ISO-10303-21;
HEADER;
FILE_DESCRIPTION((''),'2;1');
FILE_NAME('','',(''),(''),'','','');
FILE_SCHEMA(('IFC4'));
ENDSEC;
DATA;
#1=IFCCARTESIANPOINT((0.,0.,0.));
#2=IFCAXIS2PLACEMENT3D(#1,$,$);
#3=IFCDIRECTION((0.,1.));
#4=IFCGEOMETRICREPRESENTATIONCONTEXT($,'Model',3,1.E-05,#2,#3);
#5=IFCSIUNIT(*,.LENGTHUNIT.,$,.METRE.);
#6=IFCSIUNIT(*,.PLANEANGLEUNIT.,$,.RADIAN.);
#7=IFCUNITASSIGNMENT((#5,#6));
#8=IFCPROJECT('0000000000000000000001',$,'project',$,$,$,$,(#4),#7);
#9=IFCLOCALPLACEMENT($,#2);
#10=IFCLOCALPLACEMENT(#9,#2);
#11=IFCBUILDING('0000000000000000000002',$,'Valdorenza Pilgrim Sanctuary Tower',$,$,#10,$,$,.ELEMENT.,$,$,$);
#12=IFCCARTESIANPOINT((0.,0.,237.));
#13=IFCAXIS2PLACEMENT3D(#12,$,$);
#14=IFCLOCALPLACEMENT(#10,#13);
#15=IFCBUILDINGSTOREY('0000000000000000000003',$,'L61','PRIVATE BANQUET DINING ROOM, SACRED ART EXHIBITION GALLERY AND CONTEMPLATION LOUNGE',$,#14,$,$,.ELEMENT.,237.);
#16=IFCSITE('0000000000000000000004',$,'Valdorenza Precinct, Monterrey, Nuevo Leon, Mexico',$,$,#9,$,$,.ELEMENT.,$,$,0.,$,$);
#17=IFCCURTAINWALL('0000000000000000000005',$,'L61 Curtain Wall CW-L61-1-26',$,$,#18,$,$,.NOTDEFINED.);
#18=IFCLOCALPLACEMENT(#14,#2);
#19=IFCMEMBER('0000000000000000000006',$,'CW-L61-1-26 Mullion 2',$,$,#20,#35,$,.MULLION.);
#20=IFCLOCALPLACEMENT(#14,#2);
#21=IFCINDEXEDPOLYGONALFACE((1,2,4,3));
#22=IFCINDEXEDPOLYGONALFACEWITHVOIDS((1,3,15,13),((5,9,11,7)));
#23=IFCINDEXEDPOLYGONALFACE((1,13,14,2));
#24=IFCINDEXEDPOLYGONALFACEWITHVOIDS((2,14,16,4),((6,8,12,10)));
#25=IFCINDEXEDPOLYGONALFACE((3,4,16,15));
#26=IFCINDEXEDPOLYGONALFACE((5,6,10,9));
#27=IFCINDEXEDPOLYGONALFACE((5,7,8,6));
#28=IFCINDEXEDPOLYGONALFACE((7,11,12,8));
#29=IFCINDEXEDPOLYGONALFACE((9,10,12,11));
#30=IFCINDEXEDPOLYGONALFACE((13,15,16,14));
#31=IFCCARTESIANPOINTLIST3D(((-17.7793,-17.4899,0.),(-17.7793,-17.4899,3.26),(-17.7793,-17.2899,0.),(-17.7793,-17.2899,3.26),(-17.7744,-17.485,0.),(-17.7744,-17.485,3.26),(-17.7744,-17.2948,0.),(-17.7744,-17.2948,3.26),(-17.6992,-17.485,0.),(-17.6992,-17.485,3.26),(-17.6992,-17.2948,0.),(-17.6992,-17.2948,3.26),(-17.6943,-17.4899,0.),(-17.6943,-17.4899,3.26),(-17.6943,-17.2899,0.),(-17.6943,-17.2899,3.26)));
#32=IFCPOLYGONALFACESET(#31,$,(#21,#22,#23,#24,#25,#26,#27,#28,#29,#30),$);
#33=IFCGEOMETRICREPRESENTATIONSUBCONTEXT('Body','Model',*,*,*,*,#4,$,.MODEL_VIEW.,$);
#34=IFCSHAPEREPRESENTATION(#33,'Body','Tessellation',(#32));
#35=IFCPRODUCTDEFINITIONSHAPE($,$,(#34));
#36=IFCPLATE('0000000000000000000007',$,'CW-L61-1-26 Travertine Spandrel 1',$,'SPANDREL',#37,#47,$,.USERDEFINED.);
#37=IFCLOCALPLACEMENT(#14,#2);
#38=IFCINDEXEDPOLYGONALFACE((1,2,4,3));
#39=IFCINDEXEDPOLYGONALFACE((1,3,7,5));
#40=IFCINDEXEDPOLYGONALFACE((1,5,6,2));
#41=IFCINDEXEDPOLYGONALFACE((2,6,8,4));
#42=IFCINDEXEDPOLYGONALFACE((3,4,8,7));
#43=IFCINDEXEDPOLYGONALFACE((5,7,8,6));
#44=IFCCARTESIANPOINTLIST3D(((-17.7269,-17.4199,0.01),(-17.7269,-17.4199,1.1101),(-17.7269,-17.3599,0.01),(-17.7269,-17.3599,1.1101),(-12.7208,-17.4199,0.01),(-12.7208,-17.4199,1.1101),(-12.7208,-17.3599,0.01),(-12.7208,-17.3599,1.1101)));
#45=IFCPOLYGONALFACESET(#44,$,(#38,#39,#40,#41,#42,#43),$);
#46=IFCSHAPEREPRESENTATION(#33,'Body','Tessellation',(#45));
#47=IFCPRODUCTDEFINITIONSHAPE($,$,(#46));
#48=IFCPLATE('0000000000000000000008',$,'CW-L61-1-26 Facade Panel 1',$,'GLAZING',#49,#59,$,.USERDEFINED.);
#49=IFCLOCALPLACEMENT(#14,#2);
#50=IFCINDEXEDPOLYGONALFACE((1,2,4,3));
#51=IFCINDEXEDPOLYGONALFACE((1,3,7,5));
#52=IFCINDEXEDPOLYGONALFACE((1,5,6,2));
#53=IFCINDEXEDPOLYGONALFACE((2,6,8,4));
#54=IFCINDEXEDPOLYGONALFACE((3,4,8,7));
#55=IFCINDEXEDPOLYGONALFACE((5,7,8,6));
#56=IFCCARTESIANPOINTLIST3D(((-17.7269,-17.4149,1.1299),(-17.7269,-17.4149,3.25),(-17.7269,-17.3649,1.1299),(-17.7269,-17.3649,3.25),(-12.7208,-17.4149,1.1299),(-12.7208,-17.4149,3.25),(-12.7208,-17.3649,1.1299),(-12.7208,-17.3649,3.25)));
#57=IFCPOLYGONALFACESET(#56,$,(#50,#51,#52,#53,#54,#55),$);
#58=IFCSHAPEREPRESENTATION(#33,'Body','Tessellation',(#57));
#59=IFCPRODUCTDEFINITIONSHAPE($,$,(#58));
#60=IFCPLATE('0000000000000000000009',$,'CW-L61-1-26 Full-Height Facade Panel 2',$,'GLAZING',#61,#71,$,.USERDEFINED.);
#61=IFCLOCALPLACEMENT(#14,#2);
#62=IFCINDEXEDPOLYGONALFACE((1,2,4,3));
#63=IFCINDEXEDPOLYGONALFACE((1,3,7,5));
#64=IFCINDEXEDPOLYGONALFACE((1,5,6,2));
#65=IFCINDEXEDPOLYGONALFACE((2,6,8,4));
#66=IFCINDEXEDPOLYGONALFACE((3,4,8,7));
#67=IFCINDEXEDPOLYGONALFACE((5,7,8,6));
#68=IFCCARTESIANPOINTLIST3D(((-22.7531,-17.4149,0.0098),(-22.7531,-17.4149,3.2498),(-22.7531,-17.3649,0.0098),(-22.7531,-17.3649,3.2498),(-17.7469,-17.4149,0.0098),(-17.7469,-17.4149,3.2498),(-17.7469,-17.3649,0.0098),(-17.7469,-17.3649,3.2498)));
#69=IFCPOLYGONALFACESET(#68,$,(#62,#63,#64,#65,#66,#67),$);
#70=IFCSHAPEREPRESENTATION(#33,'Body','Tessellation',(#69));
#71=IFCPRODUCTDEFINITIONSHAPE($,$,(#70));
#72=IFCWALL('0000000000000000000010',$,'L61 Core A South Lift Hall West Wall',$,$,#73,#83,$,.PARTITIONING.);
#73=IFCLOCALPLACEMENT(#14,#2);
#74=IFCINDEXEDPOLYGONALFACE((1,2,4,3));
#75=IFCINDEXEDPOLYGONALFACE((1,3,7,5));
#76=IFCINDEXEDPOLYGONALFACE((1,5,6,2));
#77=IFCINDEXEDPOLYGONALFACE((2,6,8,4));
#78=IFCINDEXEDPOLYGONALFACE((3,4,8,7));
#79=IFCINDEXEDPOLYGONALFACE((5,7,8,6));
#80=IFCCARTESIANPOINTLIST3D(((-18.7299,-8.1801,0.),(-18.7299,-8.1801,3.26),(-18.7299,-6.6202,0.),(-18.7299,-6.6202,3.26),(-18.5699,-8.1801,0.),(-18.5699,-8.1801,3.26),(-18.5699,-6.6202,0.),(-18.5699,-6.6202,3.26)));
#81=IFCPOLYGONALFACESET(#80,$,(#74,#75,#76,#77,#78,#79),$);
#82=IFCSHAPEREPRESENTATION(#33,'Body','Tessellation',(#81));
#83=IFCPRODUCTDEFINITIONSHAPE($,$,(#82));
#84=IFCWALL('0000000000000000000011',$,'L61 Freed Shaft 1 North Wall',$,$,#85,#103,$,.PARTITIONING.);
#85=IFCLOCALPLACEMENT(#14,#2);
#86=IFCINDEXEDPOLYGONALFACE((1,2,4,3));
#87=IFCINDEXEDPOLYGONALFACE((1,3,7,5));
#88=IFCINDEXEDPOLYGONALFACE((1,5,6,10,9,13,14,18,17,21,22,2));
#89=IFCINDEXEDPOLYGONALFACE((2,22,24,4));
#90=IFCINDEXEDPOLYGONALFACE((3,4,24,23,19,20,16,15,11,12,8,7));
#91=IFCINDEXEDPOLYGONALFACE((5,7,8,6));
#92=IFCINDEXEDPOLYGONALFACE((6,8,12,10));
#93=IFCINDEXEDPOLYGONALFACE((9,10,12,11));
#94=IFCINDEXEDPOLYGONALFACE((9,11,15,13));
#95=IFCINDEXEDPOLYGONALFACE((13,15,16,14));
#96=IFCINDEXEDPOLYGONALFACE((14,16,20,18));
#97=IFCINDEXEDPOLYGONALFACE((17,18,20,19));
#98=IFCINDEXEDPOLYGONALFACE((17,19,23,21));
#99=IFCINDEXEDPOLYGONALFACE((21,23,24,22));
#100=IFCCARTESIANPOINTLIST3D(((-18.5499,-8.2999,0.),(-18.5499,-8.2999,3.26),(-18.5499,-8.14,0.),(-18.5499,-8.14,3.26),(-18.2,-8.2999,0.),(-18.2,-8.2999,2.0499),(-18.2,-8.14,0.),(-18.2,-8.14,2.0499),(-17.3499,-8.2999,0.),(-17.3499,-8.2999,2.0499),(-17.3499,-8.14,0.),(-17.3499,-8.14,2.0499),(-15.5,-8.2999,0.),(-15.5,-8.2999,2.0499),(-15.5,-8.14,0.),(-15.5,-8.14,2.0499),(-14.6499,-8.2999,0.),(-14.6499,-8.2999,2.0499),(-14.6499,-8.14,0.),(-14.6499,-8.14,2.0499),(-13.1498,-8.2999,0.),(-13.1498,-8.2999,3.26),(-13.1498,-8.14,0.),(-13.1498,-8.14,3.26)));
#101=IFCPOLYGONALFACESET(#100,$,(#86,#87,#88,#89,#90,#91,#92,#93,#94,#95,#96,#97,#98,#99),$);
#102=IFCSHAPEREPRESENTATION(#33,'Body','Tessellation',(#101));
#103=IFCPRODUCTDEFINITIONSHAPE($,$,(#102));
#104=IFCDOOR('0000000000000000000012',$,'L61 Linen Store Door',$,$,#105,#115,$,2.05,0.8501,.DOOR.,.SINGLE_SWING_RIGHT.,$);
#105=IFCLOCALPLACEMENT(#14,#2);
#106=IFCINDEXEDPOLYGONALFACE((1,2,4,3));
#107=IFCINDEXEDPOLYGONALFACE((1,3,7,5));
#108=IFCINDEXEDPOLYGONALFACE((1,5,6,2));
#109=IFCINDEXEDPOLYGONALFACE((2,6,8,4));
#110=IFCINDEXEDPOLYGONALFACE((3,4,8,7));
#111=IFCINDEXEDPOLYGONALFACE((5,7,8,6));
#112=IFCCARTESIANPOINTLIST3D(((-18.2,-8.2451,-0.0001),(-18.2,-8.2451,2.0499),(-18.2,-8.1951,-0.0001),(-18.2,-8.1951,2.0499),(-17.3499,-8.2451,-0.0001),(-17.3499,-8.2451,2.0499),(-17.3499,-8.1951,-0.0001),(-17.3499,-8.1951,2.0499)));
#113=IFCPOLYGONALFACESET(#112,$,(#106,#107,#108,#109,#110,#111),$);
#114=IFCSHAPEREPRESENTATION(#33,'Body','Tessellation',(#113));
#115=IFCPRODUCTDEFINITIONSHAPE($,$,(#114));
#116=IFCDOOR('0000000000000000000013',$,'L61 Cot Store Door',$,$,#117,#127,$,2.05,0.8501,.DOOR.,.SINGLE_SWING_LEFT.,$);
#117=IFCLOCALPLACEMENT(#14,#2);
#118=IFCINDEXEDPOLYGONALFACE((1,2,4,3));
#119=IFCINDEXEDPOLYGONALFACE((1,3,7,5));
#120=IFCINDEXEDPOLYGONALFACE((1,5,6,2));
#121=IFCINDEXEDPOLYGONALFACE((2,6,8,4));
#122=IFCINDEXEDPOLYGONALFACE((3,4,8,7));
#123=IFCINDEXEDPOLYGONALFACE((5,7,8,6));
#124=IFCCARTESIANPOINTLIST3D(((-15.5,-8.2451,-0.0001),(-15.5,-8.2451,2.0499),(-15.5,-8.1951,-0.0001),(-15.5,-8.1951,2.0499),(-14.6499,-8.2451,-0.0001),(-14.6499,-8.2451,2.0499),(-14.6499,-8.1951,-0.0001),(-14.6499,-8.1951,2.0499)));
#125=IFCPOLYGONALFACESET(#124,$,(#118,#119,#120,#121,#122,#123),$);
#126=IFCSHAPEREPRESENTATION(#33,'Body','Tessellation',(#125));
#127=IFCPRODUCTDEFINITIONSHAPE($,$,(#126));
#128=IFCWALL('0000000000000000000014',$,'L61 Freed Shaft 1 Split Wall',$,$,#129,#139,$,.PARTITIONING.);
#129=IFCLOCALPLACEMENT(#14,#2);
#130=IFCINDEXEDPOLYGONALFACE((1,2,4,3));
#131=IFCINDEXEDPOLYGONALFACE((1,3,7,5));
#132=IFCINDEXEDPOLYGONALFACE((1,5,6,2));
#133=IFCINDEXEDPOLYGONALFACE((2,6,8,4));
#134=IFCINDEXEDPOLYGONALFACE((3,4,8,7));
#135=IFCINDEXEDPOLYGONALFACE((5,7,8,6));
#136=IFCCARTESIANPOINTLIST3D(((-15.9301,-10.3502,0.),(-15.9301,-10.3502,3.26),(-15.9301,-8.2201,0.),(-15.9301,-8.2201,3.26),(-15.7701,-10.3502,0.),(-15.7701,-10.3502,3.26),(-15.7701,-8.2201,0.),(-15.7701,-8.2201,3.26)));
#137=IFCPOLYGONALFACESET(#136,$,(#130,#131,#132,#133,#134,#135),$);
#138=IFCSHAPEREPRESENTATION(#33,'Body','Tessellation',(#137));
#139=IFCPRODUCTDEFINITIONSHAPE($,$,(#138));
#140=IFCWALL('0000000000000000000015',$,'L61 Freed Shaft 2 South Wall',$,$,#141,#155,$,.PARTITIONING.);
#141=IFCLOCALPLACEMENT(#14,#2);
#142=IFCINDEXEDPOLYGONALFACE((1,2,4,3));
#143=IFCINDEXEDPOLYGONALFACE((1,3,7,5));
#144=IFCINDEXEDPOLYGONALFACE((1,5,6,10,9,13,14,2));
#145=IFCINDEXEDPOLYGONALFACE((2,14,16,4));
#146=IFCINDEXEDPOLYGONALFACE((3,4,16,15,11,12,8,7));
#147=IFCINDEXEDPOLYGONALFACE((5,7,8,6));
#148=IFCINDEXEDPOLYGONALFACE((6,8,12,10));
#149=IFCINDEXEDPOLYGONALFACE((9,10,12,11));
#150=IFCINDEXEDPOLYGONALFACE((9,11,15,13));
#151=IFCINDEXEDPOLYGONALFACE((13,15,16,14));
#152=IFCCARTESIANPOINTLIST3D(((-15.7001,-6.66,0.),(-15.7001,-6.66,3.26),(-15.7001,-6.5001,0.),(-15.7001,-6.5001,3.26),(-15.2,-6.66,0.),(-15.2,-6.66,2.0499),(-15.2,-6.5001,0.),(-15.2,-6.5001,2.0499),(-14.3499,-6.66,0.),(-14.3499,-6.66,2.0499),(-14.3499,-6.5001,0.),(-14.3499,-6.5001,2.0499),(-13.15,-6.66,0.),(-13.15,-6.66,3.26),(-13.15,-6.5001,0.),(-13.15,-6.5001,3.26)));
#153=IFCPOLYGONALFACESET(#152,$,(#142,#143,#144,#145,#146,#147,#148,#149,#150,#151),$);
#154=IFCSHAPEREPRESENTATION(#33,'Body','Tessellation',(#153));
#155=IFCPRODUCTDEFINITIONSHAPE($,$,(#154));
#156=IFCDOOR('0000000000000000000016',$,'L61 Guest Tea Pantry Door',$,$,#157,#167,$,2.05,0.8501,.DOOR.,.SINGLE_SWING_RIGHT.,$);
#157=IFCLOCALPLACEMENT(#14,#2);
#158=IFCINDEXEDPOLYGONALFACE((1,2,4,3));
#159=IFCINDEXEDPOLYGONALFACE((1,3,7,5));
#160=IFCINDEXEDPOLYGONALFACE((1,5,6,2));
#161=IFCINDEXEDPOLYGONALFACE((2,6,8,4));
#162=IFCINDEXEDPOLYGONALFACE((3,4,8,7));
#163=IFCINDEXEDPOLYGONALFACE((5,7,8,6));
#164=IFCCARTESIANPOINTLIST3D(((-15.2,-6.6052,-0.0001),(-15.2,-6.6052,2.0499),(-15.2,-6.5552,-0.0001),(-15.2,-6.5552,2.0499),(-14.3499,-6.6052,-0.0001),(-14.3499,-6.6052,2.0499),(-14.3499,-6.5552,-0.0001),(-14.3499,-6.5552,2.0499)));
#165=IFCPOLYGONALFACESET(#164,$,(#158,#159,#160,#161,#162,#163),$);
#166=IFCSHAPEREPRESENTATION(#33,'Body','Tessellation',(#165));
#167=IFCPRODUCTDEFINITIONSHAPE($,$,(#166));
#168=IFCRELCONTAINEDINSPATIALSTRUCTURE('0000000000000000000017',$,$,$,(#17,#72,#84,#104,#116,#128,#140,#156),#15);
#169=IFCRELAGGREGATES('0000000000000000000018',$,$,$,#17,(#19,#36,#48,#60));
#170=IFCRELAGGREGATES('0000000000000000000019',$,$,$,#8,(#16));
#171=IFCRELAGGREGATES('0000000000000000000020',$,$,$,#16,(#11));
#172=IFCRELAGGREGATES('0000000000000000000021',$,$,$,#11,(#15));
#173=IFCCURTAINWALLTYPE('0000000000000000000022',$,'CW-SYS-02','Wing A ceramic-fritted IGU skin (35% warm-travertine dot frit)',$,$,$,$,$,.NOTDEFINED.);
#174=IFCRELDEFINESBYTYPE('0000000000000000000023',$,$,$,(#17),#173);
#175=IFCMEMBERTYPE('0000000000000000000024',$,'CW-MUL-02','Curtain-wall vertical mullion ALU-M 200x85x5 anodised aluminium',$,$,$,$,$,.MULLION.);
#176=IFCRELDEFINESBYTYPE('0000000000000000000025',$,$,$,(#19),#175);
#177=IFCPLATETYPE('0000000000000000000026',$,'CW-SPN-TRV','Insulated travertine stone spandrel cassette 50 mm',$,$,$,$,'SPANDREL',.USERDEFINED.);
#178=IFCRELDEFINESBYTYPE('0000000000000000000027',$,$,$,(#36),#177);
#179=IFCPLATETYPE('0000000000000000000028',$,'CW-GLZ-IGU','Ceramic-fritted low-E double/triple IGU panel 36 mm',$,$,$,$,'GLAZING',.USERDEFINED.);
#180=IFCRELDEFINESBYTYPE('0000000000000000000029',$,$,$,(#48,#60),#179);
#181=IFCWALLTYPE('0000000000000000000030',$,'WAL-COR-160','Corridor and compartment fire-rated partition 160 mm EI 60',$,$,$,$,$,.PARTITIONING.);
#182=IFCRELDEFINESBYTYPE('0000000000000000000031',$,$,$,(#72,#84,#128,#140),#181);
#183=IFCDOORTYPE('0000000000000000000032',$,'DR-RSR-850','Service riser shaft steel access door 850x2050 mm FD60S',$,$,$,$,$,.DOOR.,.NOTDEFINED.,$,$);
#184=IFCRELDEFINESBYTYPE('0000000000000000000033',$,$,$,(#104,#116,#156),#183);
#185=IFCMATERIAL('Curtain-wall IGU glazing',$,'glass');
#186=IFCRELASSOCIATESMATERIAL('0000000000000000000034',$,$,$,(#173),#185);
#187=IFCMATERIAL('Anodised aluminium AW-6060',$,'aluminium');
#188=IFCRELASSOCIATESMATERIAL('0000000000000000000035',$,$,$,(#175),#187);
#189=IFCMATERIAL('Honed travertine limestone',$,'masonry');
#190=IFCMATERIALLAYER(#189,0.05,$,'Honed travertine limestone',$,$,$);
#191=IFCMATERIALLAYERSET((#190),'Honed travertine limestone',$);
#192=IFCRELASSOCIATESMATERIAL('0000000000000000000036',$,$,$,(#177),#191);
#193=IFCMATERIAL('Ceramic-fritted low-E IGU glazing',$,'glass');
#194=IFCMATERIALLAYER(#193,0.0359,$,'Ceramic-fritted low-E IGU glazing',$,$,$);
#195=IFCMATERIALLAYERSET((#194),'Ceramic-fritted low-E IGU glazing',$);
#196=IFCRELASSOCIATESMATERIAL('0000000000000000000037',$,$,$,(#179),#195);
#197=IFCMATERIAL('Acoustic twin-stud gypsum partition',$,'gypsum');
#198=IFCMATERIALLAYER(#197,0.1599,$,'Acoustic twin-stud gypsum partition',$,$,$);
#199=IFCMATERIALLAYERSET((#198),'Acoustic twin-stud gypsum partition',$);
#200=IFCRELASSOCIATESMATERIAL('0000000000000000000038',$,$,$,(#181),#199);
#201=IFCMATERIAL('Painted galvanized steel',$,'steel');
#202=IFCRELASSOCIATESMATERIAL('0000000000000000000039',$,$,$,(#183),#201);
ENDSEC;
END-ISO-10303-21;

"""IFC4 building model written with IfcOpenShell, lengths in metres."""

from ifc_helpers import new_model, si_unit, direction, frame, frame_2d, origin, origin_2d, place, context, subcontext, project, spatial, rectangle, hollow_rectangle, extrude, source, transform, mapped, material, layer, layer_set, material_profile, profile_set, type_object, element, fill, aggregate, save


model = new_model("IFC4")

# Units and contexts
model_context = context("Model", 3, precision=1e-05, world=origin(), true_north=direction((0.0, 1.0)))
body_context = subcontext(model_context, "Body", "Model", "MODEL_VIEW")
ifc_project = project(units=[si_unit("LENGTHUNIT", "METRE"), si_unit("PLANEANGLEUNIT", "RADIAN")], contexts=[model_context])

# Site, building, storey
site_placement = place(None, origin())
site = spatial("IfcSite", under=ifc_project, at=site_placement, Name="Valdorenza Precinct, Monterrey, Nuevo Leon, Mexico", CompositionType="ELEMENT", RefElevation=0.0)
building_placement = place(site_placement, origin())
building = spatial("IfcBuilding", under=site, at=building_placement, Name="Valdorenza Pilgrim Sanctuary Tower", CompositionType="ELEMENT")
storey_placement = place(building_placement, frame((0.0, 0.0, 237.0)))
storey = spatial("IfcBuildingStorey", under=building, at=storey_placement, Name="L61", Description="PRIVATE BANQUET DINING ROOM, SACRED ART EXHIBITION GALLERY AND CONTEMPLATION LOUNGE", CompositionType="ELEMENT", Elevation=237.0)

# Curtain wall, member, plates
ifc_material_1 = material(Name="Curtain-wall IGU glazing", Category="glass")
curtain_wall_type = type_object("IfcCurtainWallType", Name="CW-SYS-02", Description="Wing A ceramic-fritted IGU skin (35% warm-travertine dot frit)", PredefinedType="NOTDEFINED", material=ifc_material_1)
curtain_wall_placement = place(storey_placement, origin())
curtain_wall = element("IfcCurtainWall", 1, at=curtain_wall_placement, inside=storey, type_object=curtain_wall_type, Name="L61 Curtain Wall CW-L61-1-26", PredefinedType="NOTDEFINED")
ifc_material_2 = material(Name="Anodised aluminium AW-6060", Category="aluminium")
ifc_material_profile = material_profile(ifc_material_2, hollow_rectangle(XDim=0.085, YDim=0.2, WallThickness=0.0049, at=origin_2d()), Name="ALU-M 200x85x5")
ifc_profile_set = profile_set([ifc_material_profile], Name="Anodised aluminium AW-6060")
member_type = type_object("IfcMemberType", Name="CW-MUL-02", Description="Curtain-wall vertical mullion ALU-M 200x85x5 anodised aluminium", PredefinedType="MULLION", material=ifc_profile_set)
shared_shape_1 = source(origin(), body_context, "Body", "SweptSolid", [
    extrude(hollow_rectangle(XDim=0.085, YDim=0.2, WallThickness=0.0049, at=origin_2d()), origin(), (0.0, 0.0, 1.0), 3.26),
])
member_placement = place(storey_placement, frame((-17.7368, -17.3899, 0.0), z_axis=(0.0, 0.0, 1.0), x_axis=(-1.0, 0.0, 0.0)))
member = element("IfcMember", 2, at=member_placement, type_object=member_type, Name="CW-L61-1-26 Mullion 2", PredefinedType="MULLION", context=body_context, shape_type="MappedRepresentation", body=[
    mapped(shared_shape_1, transform((0.0, 0.0, 0.0), x_axis=(1.0, 0.0, 0.0), y_axis=(0.0, 1.0, 0.0), z_axis=(0.0, 0.0, 1.0), scale=1.0)),
])
ifc_material_3 = material(Name="Honed travertine limestone", Category="masonry")
ifc_layer_1 = layer(ifc_material_3, 0.05, Name="Honed travertine limestone")
ifc_layer_set_1 = layer_set([ifc_layer_1], Name="Honed travertine limestone")
plate_type_1 = type_object("IfcPlateType", Name="CW-SPN-TRV", Description="Insulated travertine stone spandrel cassette 50 mm", ElementType="SPANDREL", PredefinedType="USERDEFINED", material=ifc_layer_set_1)
shared_shape_2 = source(origin(), body_context, "Body", "SweptSolid", [
    extrude(rectangle(XDim=5.0061, YDim=0.0601, at=origin_2d()), origin(), (0.0, 0.0, 1.0), 1.1001),
])
plate_1_placement = place(storey_placement, frame((-15.2239, -17.3899, 0.01), z_axis=(0.0, 0.0, 1.0), x_axis=(-1.0, 0.0, 0.0)))
plate_1 = element("IfcPlate", 3, at=plate_1_placement, type_object=plate_type_1, Name="CW-L61-1-26 Travertine Spandrel 1", ObjectType="SPANDREL", PredefinedType="USERDEFINED", context=body_context, shape_type="MappedRepresentation", body=[
    mapped(shared_shape_2, transform((0.0, 0.0, 0.0), x_axis=(1.0, 0.0, 0.0), y_axis=(0.0, 1.0, 0.0), z_axis=(0.0, 0.0, 1.0), scale=1.0)),
])
ifc_material_4 = material(Name="Ceramic-fritted low-E IGU glazing", Category="glass")
ifc_layer_2 = layer(ifc_material_4, 0.0359, Name="Ceramic-fritted low-E IGU glazing")
ifc_layer_set_2 = layer_set([ifc_layer_2], Name="Ceramic-fritted low-E IGU glazing")
plate_type_2 = type_object("IfcPlateType", Name="CW-GLZ-IGU", Description="Ceramic-fritted low-E double/triple IGU panel 36 mm", ElementType="GLAZING", PredefinedType="USERDEFINED", material=ifc_layer_set_2)
shared_shape_3 = source(origin(), body_context, "Body", "SweptSolid", [
    extrude(rectangle(XDim=5.0061, YDim=0.05, at=origin_2d()), origin(), (0.0, 0.0, 1.0), 2.1201),
])
plate_2_placement = place(storey_placement, frame((-15.2239, -17.3899, 1.1299), z_axis=(0.0, 0.0, 1.0), x_axis=(-1.0, 0.0, 0.0)))
plate_2 = element("IfcPlate", 4, at=plate_2_placement, type_object=plate_type_2, Name="CW-L61-1-26 Facade Panel 1", ObjectType="GLAZING", PredefinedType="USERDEFINED", context=body_context, shape_type="MappedRepresentation", body=[
    mapped(shared_shape_3, transform((0.0, 0.0, 0.0), x_axis=(1.0, 0.0, 0.0), y_axis=(0.0, 1.0, 0.0), z_axis=(0.0, 0.0, 1.0), scale=1.0)),
])
shared_shape_4 = source(origin(), body_context, "Body", "SweptSolid", [
    extrude(rectangle(XDim=5.0061, YDim=0.05, at=origin_2d()), origin(), (0.0, 0.0, 1.0), 3.24),
])
plate_3_placement = place(storey_placement, frame((-20.25, -17.3899, 0.0098), z_axis=(0.0, 0.0, 1.0), x_axis=(-1.0, 0.0, 0.0)))
plate_3 = element("IfcPlate", 5, at=plate_3_placement, type_object=plate_type_2, Name="CW-L61-1-26 Full-Height Facade Panel 2", ObjectType="GLAZING", PredefinedType="USERDEFINED", context=body_context, shape_type="MappedRepresentation", body=[
    mapped(shared_shape_4, transform((0.0, 0.0, 0.0), x_axis=(1.0, 0.0, 0.0), y_axis=(0.0, 1.0, 0.0), z_axis=(0.0, 0.0, 1.0), scale=1.0)),
])
aggregate(curtain_wall, [member, plate_1, plate_2, plate_3])

# Wall
ifc_material_5 = material(Name="Acoustic twin-stud gypsum partition", Category="gypsum")
ifc_layer_3 = layer(ifc_material_5, 0.1599, Name="Acoustic twin-stud gypsum partition")
ifc_layer_set_3 = layer_set([ifc_layer_3], Name="Acoustic twin-stud gypsum partition")
wall_type_1 = type_object("IfcWallType", Name="WAL-COR-160", Description="Corridor and compartment fire-rated partition 160 mm EI 60", PredefinedType="PARTITIONING", material=ifc_layer_set_3)
wall_1_placement = place(storey_placement, frame((-18.6499, -8.1799, 0.0), z_axis=(0.0, 0.0, 1.0), x_axis=(0.0, 1.0, 0.0)))
element("IfcWall", 6, at=wall_1_placement, inside=storey, type_object=wall_type_1, Name="L61 Core A South Lift Hall West Wall", PredefinedType="PARTITIONING", context=body_context, shape_type="SweptSolid", body=[
    extrude(rectangle(XDim=1.5598, YDim=0.1599, at=frame_2d((0.7798, 0.0))), origin(), (0.0, 0.0, 1.0), 3.26),
])

# Wall, openings, doors
wall_2_placement = place(storey_placement, frame((-18.55, -8.22, 0.0), z_axis=(0.0, 0.0, 1.0), x_axis=(1.0, 0.0, 0.0)))
wall_2 = element("IfcWall", 7, at=wall_2_placement, inside=storey, type_object=wall_type_1, Name="L61 Freed Shaft 1 North Wall", PredefinedType="PARTITIONING", context=body_context, shape_type="SweptSolid", body=[
    extrude(rectangle(XDim=5.4001, YDim=0.1599, at=frame_2d((2.7002, 0.0))), origin(), (0.0, 0.0, 1.0), 3.26),
])
opening_1_placement = place(wall_2_placement, frame((0.3501, 0.0, 0.0)))
opening_1 = element("IfcOpeningElement", 8, at=opening_1_placement, cuts=wall_2, PredefinedType="OPENING", context=body_context, shape_type="SweptSolid", body=[
    extrude(rectangle(XDim=0.8501, YDim=2.05, at=frame_2d((0.425, 1.0249))), frame((0.0, 0.0947, 0.0), z_axis=(0.0, -1.0, 0.0), x_axis=(1.0, 0.0, 0.0)), (0.0, 0.0, 1.0), 0.1897),
])
opening_2_placement = place(wall_2_placement, frame((3.05, 0.0, 0.0)))
opening_2 = element("IfcOpeningElement", 9, at=opening_2_placement, cuts=wall_2, PredefinedType="OPENING", context=body_context, shape_type="SweptSolid", body=[
    extrude(rectangle(XDim=0.8501, YDim=2.05, at=frame_2d((0.425, 1.0249))), frame((0.0, 0.0947, 0.0), z_axis=(0.0, -1.0, 0.0), x_axis=(1.0, 0.0, 0.0)), (0.0, 0.0, 1.0), 0.1897),
])
ifc_material_6 = material(Name="Painted galvanized steel", Category="steel")
door_type_1 = type_object("IfcDoorType", Name="DR-RSR-850", Description="Service riser shaft steel access door 850x2050 mm FD60S", OperationType="NOTDEFINED", PredefinedType="DOOR", material=ifc_material_6)
door_1_placement = place(opening_1_placement, origin())
door_1 = element("IfcDoor", 10, at=door_1_placement, inside=storey, type_object=door_type_1, Name="L61 Linen Store Door", OperationType="SINGLE_SWING_RIGHT", OverallHeight=2.05, OverallWidth=0.8501, PredefinedType="DOOR", context=body_context, shape_type="SweptSolid", body=[
    extrude(rectangle(XDim=0.8501, YDim=2.05, at=frame_2d((0.425, 1.0249))), frame((0.0, 0.0249, 0.0), z_axis=(0.0, -1.0, 0.0), x_axis=(1.0, 0.0, 0.0)), (0.0, 0.0, 1.0), 0.05),
])
fill(opening_1, door_1)
door_2_placement = place(opening_2_placement, origin())
door_2 = element("IfcDoor", 11, at=door_2_placement, inside=storey, type_object=door_type_1, Name="L61 Cot Store Door", OperationType="SINGLE_SWING_LEFT", OverallHeight=2.05, OverallWidth=0.8501, PredefinedType="DOOR", context=body_context, shape_type="SweptSolid", body=[
    extrude(rectangle(XDim=0.8501, YDim=2.05, at=frame_2d((0.425, 1.0249))), frame((0.0, 0.0249, 0.0), z_axis=(0.0, -1.0, 0.0), x_axis=(1.0, 0.0, 0.0)), (0.0, 0.0, 1.0), 0.05),
])
fill(opening_2, door_2)

# Wall
wall_3_placement = place(storey_placement, frame((-15.8501, -10.3501, 0.0), z_axis=(0.0, 0.0, 1.0), x_axis=(0.0, 1.0, 0.0)))
element("IfcWall", 12, at=wall_3_placement, inside=storey, type_object=wall_type_1, Name="L61 Freed Shaft 1 Split Wall", PredefinedType="PARTITIONING", context=body_context, shape_type="SweptSolid", body=[
    extrude(rectangle(XDim=2.1301, YDim=0.1599, at=frame_2d((1.0649, 0.0))), origin(), (0.0, 0.0, 1.0), 3.26),
])

# Wall, opening, door
wall_4_placement = place(storey_placement, frame((-15.7, -6.5801, 0.0), z_axis=(0.0, 0.0, 1.0), x_axis=(1.0, 0.0, 0.0)))
wall_4 = element("IfcWall", 13, at=wall_4_placement, inside=storey, type_object=wall_type_1, Name="L61 Freed Shaft 2 South Wall", PredefinedType="PARTITIONING", context=body_context, shape_type="SweptSolid", body=[
    extrude(rectangle(XDim=2.55, YDim=0.1599, at=frame_2d((1.2749, 0.0))), origin(), (0.0, 0.0, 1.0), 3.26),
])
opening_3_placement = place(wall_4_placement, frame((0.5, 0.0, 0.0)))
opening_3 = element("IfcOpeningElement", 14, at=opening_3_placement, cuts=wall_4, PredefinedType="OPENING", context=body_context, shape_type="SweptSolid", body=[
    extrude(rectangle(XDim=0.8501, YDim=2.05, at=frame_2d((0.425, 1.0249))), frame((0.0, 0.0947, 0.0), z_axis=(0.0, -1.0, 0.0), x_axis=(1.0, 0.0, 0.0)), (0.0, 0.0, 1.0), 0.1897),
])
door_3_placement = place(opening_3_placement, origin())
door_3 = element("IfcDoor", 15, at=door_3_placement, inside=storey, type_object=door_type_1, Name="L61 Guest Tea Pantry Door", OperationType="SINGLE_SWING_RIGHT", OverallHeight=2.05, OverallWidth=0.8501, PredefinedType="DOOR", context=body_context, shape_type="SweptSolid", body=[
    extrude(rectangle(XDim=0.8501, YDim=2.05, at=frame_2d((0.425, 1.0249))), frame((0.0, 0.0249, 0.0), z_axis=(0.0, -1.0, 0.0), x_axis=(1.0, 0.0, 0.0)), (0.0, 0.0, 1.0), 0.05),
])
fill(opening_3, door_3)

save(model, "model.ifc")
